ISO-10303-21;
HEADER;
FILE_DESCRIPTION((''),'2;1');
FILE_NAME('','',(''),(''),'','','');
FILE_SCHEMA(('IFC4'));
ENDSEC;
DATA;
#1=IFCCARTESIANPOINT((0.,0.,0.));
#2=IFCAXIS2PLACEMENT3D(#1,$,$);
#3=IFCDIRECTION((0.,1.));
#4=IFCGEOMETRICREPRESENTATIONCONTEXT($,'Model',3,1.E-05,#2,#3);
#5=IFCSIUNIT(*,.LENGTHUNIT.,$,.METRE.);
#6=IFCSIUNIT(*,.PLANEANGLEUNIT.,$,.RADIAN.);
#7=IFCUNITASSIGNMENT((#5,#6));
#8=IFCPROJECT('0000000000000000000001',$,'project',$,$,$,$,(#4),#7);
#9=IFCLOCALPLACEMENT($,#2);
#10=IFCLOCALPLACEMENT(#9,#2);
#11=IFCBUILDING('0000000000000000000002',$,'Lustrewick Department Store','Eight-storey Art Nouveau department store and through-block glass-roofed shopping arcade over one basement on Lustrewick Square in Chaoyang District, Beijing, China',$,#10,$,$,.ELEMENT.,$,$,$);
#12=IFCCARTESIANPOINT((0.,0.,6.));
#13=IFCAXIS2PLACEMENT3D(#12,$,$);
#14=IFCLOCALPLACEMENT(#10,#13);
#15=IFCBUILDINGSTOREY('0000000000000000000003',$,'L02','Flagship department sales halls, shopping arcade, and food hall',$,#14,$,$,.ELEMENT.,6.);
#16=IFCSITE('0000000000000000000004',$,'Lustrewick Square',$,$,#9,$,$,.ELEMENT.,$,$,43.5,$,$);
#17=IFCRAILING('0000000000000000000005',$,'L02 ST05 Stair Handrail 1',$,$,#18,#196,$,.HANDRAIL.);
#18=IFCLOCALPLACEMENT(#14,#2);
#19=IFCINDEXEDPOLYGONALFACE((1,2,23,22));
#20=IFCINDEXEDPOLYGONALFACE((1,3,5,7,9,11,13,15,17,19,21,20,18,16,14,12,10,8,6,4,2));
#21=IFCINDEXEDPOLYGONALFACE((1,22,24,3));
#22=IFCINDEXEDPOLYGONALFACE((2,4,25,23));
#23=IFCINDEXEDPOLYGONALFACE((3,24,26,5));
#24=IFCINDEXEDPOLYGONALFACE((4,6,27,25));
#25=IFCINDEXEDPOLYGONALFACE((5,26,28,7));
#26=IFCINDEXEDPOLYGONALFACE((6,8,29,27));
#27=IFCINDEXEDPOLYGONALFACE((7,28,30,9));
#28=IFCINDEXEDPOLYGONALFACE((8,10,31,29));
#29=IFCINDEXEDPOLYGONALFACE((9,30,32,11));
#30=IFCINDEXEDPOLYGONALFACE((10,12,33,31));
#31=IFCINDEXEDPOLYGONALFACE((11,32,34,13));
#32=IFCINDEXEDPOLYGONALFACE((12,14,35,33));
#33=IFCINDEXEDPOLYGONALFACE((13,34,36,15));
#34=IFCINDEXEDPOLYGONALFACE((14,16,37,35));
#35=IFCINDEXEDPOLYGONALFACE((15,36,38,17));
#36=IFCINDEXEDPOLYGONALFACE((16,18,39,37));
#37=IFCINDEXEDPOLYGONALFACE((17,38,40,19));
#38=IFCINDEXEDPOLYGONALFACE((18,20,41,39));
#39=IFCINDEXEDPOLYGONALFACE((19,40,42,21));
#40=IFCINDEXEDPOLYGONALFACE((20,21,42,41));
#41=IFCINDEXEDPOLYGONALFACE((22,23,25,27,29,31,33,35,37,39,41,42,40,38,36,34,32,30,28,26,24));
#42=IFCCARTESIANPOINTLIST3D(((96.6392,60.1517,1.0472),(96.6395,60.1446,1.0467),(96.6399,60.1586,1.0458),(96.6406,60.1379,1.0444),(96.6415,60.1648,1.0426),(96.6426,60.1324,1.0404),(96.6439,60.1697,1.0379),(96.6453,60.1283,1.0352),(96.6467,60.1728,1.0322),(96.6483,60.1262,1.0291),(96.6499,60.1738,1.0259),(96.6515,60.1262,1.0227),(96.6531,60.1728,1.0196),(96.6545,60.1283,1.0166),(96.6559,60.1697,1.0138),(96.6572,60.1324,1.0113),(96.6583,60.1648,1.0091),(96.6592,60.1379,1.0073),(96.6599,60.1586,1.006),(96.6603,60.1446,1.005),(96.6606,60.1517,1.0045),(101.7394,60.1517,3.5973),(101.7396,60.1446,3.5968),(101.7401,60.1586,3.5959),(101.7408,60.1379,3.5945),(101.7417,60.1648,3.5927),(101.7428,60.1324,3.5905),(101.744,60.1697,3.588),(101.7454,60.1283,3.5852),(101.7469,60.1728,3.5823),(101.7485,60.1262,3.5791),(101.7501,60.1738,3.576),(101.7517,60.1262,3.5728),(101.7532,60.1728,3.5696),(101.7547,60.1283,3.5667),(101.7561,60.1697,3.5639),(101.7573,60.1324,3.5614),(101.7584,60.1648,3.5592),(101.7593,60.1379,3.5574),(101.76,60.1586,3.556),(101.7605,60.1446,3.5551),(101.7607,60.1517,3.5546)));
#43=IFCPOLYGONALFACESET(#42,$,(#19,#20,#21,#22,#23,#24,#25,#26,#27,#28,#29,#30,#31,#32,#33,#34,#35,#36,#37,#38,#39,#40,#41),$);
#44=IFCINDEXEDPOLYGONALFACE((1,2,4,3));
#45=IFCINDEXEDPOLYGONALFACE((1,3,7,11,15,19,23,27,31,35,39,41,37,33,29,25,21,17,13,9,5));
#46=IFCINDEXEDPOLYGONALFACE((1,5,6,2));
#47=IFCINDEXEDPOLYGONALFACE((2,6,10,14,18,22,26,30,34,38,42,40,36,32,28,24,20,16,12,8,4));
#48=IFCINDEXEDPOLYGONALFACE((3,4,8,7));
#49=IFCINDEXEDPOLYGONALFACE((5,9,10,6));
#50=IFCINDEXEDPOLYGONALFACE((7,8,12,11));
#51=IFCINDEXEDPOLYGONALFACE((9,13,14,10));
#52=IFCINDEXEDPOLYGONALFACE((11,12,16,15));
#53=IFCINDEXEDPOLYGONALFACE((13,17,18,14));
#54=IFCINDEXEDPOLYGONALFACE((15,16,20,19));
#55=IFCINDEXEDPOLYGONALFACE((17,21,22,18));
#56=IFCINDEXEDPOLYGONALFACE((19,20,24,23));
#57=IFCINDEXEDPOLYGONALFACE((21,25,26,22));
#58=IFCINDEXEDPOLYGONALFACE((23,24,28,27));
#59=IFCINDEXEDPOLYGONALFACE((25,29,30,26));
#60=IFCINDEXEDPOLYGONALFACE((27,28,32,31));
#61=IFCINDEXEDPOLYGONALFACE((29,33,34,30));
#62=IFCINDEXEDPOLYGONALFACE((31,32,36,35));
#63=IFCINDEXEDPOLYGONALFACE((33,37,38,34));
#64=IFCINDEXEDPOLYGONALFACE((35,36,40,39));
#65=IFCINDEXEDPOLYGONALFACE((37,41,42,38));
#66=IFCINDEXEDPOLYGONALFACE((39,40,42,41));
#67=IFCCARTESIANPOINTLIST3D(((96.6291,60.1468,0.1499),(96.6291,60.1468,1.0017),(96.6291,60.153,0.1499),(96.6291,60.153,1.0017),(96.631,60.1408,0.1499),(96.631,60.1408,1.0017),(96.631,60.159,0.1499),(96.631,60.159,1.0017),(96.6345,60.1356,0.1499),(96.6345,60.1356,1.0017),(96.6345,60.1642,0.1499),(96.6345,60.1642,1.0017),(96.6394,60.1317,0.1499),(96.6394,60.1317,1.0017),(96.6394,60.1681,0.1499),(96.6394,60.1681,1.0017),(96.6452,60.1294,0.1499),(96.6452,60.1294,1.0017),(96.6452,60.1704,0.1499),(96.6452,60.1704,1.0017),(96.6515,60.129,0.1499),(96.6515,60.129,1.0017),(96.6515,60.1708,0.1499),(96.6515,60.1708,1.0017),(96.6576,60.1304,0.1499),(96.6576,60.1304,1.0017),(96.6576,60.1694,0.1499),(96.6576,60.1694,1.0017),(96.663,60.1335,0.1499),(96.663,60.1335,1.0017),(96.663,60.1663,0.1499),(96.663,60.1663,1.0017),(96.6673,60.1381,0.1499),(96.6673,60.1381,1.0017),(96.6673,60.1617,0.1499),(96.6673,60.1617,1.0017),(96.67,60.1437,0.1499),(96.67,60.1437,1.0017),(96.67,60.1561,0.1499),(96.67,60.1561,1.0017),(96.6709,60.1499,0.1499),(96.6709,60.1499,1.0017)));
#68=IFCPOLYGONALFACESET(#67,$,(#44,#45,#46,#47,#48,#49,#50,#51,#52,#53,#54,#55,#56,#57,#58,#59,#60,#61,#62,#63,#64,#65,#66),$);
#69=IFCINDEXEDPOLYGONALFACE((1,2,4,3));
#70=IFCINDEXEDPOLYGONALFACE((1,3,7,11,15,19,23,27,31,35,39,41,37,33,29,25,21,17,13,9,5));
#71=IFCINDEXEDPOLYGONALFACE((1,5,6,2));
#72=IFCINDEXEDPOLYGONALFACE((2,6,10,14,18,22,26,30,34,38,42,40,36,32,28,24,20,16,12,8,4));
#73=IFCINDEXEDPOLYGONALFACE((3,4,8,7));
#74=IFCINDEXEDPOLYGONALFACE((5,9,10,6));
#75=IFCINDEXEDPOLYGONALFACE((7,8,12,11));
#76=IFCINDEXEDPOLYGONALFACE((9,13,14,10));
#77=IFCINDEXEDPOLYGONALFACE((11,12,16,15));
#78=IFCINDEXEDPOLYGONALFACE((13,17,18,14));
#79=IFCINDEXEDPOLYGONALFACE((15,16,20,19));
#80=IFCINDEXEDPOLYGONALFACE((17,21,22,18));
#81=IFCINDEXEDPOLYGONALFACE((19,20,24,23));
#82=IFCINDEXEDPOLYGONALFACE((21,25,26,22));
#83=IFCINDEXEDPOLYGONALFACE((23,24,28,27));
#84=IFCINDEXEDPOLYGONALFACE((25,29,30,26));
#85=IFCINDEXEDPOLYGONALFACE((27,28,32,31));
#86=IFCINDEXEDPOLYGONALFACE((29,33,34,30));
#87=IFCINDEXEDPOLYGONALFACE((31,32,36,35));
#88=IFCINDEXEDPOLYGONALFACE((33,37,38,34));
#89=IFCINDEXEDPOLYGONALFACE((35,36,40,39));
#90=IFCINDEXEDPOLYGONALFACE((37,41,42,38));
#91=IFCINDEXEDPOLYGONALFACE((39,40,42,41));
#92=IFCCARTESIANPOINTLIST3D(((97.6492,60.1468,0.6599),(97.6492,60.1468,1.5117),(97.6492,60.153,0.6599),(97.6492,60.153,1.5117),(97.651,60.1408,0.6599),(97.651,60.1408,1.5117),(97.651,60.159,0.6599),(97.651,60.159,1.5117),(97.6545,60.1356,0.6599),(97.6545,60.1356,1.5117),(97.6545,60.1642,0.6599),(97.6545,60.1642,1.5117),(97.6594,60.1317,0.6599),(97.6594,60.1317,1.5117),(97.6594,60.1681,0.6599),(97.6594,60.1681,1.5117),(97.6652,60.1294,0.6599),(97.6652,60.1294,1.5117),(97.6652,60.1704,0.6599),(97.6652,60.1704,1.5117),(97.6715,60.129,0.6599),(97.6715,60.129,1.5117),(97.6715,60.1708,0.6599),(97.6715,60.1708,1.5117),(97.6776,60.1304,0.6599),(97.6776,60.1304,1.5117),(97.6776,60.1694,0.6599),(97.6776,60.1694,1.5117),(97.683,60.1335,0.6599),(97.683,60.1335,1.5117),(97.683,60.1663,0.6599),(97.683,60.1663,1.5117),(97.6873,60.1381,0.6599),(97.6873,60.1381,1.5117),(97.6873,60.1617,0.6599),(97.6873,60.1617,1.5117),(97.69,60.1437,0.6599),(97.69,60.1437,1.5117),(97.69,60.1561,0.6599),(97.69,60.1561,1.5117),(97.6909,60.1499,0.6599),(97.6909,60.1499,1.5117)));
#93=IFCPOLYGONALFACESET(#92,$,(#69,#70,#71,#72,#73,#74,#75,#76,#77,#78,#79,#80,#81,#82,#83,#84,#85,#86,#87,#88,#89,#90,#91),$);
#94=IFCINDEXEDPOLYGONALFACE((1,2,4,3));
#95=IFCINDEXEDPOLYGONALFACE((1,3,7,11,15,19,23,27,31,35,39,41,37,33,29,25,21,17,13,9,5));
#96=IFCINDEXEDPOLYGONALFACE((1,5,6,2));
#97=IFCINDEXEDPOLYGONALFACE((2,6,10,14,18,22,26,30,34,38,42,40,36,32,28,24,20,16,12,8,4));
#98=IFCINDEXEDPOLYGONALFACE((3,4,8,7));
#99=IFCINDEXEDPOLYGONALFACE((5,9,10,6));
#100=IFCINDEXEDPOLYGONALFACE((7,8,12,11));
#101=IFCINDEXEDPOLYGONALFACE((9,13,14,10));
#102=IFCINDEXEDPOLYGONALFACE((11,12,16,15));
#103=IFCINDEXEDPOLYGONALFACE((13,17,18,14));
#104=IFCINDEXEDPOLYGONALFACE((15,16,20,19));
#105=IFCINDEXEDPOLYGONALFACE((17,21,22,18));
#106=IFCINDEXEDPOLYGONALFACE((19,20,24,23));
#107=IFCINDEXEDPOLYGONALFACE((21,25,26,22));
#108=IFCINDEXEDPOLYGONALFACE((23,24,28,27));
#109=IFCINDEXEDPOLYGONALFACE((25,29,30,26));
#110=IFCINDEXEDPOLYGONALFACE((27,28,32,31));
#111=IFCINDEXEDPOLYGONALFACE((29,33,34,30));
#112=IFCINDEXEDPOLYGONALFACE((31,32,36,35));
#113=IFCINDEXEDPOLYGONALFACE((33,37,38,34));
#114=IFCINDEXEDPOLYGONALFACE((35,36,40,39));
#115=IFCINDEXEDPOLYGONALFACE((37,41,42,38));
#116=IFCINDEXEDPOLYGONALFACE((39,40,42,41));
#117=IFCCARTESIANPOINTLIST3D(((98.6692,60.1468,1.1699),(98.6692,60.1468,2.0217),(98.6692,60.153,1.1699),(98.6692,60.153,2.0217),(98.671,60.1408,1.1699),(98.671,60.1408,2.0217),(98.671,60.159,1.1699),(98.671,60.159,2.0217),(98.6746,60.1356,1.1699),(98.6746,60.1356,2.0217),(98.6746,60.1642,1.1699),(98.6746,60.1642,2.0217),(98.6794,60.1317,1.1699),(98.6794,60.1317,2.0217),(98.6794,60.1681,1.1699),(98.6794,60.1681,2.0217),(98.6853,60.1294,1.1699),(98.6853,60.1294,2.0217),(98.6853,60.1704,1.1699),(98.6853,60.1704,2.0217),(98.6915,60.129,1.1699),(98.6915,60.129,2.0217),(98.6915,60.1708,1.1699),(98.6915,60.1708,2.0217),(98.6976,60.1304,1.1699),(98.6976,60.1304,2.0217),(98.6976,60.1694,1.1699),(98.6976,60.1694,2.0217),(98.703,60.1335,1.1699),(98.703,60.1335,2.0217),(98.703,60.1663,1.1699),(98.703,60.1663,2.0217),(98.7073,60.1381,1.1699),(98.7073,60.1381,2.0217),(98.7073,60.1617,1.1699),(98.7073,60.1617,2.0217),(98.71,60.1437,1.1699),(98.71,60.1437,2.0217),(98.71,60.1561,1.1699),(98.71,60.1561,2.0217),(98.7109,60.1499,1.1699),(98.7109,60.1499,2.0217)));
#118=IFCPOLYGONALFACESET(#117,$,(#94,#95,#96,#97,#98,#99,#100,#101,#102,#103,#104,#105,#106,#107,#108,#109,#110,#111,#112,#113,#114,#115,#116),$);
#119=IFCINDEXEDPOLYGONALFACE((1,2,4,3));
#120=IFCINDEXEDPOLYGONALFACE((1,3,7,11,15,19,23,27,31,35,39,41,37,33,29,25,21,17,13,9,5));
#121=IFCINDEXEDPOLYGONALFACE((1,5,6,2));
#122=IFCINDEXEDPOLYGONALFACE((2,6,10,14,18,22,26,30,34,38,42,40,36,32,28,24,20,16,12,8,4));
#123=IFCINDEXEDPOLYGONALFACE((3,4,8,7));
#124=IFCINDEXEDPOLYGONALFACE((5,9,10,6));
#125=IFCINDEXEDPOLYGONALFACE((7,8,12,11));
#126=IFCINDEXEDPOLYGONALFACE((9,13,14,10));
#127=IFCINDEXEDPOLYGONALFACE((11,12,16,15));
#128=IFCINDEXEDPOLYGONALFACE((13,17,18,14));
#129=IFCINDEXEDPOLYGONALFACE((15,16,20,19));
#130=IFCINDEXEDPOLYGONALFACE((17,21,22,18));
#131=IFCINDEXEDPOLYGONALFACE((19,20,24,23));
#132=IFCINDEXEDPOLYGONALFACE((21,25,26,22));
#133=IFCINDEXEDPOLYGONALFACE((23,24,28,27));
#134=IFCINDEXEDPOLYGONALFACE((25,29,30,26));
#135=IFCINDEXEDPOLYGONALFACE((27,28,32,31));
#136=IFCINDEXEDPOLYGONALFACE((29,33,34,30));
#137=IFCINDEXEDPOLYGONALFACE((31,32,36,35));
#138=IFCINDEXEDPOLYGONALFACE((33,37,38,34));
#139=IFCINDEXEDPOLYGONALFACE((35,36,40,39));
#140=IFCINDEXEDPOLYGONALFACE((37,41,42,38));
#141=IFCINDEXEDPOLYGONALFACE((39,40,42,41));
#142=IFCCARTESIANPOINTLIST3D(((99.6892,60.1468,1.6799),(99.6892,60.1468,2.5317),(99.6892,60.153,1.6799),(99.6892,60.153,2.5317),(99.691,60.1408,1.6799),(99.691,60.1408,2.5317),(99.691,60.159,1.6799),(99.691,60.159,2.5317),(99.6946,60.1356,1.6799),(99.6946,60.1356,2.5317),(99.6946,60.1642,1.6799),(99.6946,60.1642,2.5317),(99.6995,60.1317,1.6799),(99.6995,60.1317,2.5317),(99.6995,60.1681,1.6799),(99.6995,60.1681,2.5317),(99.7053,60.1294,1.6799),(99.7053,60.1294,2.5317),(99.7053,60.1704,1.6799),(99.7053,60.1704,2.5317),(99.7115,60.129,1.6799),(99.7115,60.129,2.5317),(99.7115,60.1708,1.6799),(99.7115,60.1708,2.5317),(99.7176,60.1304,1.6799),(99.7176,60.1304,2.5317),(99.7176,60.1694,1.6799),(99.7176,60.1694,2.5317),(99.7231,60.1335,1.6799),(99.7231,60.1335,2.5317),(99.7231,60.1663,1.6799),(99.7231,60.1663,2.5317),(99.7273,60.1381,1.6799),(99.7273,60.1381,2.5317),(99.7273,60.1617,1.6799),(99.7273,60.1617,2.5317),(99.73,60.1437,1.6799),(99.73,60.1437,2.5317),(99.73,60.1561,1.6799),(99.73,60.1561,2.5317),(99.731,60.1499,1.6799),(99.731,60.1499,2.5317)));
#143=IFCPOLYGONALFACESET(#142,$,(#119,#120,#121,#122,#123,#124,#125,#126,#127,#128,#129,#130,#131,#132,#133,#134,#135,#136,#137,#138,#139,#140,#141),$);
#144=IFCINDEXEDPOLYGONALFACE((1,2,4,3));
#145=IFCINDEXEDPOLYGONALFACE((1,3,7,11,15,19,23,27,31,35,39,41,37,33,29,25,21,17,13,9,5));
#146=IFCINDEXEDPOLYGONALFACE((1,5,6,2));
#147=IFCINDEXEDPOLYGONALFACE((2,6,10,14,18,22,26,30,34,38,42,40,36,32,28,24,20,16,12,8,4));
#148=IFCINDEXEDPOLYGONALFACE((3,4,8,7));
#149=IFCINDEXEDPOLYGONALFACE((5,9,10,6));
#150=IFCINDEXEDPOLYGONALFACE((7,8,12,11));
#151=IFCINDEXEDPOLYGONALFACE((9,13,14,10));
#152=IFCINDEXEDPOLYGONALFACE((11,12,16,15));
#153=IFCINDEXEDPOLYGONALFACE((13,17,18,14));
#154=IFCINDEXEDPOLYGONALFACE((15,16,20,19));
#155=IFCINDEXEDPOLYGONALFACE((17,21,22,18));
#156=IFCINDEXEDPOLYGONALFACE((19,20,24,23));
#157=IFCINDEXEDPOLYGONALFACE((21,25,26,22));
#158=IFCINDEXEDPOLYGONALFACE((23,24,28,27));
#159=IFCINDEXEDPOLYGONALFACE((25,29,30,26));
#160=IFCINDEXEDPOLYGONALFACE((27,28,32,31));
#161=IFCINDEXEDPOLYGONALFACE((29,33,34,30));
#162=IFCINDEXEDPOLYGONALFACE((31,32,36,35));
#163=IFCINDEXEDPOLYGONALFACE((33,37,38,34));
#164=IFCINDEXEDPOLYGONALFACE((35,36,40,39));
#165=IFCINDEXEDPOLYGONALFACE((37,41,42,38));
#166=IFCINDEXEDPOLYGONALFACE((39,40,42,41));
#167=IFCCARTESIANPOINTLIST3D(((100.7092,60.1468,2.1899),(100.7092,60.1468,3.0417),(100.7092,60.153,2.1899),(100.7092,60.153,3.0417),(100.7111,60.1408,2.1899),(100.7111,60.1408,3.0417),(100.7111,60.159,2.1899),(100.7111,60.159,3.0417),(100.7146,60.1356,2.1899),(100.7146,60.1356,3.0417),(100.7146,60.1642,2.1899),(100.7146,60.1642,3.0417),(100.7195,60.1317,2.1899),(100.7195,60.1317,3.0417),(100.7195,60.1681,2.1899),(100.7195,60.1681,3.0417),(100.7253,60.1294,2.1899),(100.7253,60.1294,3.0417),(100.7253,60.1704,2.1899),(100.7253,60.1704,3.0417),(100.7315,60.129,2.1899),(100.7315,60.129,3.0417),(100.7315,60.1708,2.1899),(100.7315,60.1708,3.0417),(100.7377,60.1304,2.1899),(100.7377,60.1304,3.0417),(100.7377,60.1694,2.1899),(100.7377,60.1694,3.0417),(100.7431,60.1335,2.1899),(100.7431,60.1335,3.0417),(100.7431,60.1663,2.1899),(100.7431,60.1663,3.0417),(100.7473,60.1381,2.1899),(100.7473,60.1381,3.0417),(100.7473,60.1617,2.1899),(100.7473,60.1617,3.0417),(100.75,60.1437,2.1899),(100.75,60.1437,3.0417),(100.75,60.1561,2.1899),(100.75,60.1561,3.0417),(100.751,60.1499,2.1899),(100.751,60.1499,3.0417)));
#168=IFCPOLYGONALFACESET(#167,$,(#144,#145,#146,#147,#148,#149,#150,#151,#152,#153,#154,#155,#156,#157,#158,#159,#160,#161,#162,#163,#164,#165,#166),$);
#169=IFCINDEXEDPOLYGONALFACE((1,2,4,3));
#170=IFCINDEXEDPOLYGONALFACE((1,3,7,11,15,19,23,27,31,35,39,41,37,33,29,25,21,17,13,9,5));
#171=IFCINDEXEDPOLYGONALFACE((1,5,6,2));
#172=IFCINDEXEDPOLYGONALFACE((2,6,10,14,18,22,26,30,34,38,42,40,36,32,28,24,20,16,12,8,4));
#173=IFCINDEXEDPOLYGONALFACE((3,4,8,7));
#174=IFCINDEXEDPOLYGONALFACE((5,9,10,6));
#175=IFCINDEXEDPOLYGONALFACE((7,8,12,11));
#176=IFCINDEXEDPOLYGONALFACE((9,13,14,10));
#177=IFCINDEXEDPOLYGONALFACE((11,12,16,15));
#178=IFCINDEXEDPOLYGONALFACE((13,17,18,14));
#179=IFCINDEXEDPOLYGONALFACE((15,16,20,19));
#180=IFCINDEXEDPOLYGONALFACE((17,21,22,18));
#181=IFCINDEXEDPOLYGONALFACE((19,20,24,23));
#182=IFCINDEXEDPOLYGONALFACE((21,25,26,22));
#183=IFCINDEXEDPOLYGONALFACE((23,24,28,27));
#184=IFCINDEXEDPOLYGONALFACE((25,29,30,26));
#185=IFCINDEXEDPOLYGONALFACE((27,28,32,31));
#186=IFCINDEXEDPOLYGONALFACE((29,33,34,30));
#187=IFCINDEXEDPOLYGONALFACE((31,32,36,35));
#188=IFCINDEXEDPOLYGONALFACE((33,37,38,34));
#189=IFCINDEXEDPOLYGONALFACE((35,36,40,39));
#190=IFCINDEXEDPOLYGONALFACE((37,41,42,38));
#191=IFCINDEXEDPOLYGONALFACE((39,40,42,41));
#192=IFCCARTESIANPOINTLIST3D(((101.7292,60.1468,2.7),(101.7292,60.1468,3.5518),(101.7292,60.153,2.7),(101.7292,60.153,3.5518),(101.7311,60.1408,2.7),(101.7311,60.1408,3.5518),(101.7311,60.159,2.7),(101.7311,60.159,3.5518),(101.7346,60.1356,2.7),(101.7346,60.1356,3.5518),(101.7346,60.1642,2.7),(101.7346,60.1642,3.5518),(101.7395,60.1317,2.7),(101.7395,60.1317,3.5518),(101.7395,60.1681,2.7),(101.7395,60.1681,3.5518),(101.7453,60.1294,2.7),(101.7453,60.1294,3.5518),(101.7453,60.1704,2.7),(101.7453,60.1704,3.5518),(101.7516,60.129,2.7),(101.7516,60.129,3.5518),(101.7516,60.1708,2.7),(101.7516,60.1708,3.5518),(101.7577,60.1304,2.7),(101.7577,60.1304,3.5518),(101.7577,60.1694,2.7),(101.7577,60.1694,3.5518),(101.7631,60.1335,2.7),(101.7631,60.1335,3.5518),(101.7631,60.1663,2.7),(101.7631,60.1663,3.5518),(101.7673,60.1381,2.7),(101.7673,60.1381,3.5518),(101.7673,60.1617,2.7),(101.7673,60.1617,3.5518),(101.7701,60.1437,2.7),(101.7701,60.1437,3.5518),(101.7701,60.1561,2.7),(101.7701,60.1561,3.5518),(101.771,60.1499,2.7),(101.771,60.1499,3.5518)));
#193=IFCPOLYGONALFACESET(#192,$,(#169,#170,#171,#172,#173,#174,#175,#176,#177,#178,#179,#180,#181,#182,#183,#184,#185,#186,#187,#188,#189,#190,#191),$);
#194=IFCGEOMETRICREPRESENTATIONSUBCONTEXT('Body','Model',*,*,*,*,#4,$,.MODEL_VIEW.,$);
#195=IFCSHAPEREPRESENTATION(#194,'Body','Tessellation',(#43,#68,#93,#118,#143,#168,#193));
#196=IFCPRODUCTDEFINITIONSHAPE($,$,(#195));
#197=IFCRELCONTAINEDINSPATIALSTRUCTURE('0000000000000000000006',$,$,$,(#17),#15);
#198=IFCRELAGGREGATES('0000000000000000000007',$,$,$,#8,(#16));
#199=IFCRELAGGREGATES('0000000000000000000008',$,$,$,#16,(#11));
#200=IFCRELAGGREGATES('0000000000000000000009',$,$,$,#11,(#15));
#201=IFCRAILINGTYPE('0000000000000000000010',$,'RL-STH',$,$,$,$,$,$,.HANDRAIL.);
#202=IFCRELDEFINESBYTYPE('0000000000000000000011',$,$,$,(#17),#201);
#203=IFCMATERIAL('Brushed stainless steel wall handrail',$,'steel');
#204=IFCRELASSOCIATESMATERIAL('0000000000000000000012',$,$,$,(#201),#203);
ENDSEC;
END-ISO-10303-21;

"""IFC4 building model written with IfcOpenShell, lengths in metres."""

from ifc_helpers import new_model, si_unit, direction, frame, origin, origin_2d, place, context, subcontext, project, spatial, circle, extrude, material, type_object, element, save


model = new_model("IFC4")

# Units and contexts
model_context = context("Model", 3, precision=1e-05, world=origin(), true_north=direction((0.0, 1.0)))
body_context = subcontext(model_context, "Body", "Model", "MODEL_VIEW")
ifc_project = project(units=[si_unit("LENGTHUNIT", "METRE"), si_unit("PLANEANGLEUNIT", "RADIAN")], contexts=[model_context])

# Site, building, storey
site_placement = place(None, origin())
site = spatial("IfcSite", under=ifc_project, at=site_placement, Name="Lustrewick Square", CompositionType="ELEMENT", RefElevation=43.5)
building_placement = place(site_placement, origin())
building = spatial("IfcBuilding", under=site, at=building_placement, Name="Lustrewick Department Store", Description="Eight-storey Art Nouveau department store and through-block glass-roofed shopping arcade over one basement on Lustrewick Square in Chaoyang District, Beijing, China", CompositionType="ELEMENT")
storey_placement = place(building_placement, frame((0.0, 0.0, 6.0)))
storey = spatial("IfcBuildingStorey", under=building, at=storey_placement, Name="L02", Description="Flagship department sales halls, shopping arcade, and food hall", CompositionType="ELEMENT", Elevation=6.0)

# Railing
ifc_material_1 = material(Name="Brushed stainless steel wall handrail", Category="steel")
railing_type_1 = type_object("IfcRailingType", Name="RL-STH", PredefinedType="HANDRAIL", material=ifc_material_1)
railing_1_placement = place(storey_placement, frame((96.6499, 60.1499, 0.1499)))
element("IfcRailing", 1, at=railing_1_placement, inside=storey, type_object=railing_type_1, Name="L02 ST05 Stair Handrail 1", PredefinedType="HANDRAIL", context=body_context, shape_type="SweptSolid", body=[
    extrude(circle(Radius=0.0239, at=origin_2d()), frame((0.0, 0.0, 0.876), z_axis=(0.894427, 0.0, 0.447214), x_axis=(0.0, 1.0, 0.0)), (0.0, 0.0, 1.0), 5.7021),
    extrude(circle(Radius=0.021, at=origin_2d()), origin(), (0.0, 0.0, 1.0), 0.8518),
    extrude(circle(Radius=0.021, at=origin_2d()), frame((1.02, 0.0, 0.51)), (0.0, 0.0, 1.0), 0.8518),
    extrude(circle(Radius=0.021, at=origin_2d()), frame((2.04, 0.0, 1.02)), (0.0, 0.0, 1.0), 0.8518),
    extrude(circle(Radius=0.021, at=origin_2d()), frame((3.0601, 0.0, 1.53)), (0.0, 0.0, 1.0), 0.8518),
    extrude(circle(Radius=0.021, at=origin_2d()), frame((4.0801, 0.0, 2.04)), (0.0, 0.0, 1.0), 0.8518),
    extrude(circle(Radius=0.021, at=origin_2d()), frame((5.1001, 0.0, 2.55)), (0.0, 0.0, 1.0), 0.8518),
])

save(model, "model.ifc")
